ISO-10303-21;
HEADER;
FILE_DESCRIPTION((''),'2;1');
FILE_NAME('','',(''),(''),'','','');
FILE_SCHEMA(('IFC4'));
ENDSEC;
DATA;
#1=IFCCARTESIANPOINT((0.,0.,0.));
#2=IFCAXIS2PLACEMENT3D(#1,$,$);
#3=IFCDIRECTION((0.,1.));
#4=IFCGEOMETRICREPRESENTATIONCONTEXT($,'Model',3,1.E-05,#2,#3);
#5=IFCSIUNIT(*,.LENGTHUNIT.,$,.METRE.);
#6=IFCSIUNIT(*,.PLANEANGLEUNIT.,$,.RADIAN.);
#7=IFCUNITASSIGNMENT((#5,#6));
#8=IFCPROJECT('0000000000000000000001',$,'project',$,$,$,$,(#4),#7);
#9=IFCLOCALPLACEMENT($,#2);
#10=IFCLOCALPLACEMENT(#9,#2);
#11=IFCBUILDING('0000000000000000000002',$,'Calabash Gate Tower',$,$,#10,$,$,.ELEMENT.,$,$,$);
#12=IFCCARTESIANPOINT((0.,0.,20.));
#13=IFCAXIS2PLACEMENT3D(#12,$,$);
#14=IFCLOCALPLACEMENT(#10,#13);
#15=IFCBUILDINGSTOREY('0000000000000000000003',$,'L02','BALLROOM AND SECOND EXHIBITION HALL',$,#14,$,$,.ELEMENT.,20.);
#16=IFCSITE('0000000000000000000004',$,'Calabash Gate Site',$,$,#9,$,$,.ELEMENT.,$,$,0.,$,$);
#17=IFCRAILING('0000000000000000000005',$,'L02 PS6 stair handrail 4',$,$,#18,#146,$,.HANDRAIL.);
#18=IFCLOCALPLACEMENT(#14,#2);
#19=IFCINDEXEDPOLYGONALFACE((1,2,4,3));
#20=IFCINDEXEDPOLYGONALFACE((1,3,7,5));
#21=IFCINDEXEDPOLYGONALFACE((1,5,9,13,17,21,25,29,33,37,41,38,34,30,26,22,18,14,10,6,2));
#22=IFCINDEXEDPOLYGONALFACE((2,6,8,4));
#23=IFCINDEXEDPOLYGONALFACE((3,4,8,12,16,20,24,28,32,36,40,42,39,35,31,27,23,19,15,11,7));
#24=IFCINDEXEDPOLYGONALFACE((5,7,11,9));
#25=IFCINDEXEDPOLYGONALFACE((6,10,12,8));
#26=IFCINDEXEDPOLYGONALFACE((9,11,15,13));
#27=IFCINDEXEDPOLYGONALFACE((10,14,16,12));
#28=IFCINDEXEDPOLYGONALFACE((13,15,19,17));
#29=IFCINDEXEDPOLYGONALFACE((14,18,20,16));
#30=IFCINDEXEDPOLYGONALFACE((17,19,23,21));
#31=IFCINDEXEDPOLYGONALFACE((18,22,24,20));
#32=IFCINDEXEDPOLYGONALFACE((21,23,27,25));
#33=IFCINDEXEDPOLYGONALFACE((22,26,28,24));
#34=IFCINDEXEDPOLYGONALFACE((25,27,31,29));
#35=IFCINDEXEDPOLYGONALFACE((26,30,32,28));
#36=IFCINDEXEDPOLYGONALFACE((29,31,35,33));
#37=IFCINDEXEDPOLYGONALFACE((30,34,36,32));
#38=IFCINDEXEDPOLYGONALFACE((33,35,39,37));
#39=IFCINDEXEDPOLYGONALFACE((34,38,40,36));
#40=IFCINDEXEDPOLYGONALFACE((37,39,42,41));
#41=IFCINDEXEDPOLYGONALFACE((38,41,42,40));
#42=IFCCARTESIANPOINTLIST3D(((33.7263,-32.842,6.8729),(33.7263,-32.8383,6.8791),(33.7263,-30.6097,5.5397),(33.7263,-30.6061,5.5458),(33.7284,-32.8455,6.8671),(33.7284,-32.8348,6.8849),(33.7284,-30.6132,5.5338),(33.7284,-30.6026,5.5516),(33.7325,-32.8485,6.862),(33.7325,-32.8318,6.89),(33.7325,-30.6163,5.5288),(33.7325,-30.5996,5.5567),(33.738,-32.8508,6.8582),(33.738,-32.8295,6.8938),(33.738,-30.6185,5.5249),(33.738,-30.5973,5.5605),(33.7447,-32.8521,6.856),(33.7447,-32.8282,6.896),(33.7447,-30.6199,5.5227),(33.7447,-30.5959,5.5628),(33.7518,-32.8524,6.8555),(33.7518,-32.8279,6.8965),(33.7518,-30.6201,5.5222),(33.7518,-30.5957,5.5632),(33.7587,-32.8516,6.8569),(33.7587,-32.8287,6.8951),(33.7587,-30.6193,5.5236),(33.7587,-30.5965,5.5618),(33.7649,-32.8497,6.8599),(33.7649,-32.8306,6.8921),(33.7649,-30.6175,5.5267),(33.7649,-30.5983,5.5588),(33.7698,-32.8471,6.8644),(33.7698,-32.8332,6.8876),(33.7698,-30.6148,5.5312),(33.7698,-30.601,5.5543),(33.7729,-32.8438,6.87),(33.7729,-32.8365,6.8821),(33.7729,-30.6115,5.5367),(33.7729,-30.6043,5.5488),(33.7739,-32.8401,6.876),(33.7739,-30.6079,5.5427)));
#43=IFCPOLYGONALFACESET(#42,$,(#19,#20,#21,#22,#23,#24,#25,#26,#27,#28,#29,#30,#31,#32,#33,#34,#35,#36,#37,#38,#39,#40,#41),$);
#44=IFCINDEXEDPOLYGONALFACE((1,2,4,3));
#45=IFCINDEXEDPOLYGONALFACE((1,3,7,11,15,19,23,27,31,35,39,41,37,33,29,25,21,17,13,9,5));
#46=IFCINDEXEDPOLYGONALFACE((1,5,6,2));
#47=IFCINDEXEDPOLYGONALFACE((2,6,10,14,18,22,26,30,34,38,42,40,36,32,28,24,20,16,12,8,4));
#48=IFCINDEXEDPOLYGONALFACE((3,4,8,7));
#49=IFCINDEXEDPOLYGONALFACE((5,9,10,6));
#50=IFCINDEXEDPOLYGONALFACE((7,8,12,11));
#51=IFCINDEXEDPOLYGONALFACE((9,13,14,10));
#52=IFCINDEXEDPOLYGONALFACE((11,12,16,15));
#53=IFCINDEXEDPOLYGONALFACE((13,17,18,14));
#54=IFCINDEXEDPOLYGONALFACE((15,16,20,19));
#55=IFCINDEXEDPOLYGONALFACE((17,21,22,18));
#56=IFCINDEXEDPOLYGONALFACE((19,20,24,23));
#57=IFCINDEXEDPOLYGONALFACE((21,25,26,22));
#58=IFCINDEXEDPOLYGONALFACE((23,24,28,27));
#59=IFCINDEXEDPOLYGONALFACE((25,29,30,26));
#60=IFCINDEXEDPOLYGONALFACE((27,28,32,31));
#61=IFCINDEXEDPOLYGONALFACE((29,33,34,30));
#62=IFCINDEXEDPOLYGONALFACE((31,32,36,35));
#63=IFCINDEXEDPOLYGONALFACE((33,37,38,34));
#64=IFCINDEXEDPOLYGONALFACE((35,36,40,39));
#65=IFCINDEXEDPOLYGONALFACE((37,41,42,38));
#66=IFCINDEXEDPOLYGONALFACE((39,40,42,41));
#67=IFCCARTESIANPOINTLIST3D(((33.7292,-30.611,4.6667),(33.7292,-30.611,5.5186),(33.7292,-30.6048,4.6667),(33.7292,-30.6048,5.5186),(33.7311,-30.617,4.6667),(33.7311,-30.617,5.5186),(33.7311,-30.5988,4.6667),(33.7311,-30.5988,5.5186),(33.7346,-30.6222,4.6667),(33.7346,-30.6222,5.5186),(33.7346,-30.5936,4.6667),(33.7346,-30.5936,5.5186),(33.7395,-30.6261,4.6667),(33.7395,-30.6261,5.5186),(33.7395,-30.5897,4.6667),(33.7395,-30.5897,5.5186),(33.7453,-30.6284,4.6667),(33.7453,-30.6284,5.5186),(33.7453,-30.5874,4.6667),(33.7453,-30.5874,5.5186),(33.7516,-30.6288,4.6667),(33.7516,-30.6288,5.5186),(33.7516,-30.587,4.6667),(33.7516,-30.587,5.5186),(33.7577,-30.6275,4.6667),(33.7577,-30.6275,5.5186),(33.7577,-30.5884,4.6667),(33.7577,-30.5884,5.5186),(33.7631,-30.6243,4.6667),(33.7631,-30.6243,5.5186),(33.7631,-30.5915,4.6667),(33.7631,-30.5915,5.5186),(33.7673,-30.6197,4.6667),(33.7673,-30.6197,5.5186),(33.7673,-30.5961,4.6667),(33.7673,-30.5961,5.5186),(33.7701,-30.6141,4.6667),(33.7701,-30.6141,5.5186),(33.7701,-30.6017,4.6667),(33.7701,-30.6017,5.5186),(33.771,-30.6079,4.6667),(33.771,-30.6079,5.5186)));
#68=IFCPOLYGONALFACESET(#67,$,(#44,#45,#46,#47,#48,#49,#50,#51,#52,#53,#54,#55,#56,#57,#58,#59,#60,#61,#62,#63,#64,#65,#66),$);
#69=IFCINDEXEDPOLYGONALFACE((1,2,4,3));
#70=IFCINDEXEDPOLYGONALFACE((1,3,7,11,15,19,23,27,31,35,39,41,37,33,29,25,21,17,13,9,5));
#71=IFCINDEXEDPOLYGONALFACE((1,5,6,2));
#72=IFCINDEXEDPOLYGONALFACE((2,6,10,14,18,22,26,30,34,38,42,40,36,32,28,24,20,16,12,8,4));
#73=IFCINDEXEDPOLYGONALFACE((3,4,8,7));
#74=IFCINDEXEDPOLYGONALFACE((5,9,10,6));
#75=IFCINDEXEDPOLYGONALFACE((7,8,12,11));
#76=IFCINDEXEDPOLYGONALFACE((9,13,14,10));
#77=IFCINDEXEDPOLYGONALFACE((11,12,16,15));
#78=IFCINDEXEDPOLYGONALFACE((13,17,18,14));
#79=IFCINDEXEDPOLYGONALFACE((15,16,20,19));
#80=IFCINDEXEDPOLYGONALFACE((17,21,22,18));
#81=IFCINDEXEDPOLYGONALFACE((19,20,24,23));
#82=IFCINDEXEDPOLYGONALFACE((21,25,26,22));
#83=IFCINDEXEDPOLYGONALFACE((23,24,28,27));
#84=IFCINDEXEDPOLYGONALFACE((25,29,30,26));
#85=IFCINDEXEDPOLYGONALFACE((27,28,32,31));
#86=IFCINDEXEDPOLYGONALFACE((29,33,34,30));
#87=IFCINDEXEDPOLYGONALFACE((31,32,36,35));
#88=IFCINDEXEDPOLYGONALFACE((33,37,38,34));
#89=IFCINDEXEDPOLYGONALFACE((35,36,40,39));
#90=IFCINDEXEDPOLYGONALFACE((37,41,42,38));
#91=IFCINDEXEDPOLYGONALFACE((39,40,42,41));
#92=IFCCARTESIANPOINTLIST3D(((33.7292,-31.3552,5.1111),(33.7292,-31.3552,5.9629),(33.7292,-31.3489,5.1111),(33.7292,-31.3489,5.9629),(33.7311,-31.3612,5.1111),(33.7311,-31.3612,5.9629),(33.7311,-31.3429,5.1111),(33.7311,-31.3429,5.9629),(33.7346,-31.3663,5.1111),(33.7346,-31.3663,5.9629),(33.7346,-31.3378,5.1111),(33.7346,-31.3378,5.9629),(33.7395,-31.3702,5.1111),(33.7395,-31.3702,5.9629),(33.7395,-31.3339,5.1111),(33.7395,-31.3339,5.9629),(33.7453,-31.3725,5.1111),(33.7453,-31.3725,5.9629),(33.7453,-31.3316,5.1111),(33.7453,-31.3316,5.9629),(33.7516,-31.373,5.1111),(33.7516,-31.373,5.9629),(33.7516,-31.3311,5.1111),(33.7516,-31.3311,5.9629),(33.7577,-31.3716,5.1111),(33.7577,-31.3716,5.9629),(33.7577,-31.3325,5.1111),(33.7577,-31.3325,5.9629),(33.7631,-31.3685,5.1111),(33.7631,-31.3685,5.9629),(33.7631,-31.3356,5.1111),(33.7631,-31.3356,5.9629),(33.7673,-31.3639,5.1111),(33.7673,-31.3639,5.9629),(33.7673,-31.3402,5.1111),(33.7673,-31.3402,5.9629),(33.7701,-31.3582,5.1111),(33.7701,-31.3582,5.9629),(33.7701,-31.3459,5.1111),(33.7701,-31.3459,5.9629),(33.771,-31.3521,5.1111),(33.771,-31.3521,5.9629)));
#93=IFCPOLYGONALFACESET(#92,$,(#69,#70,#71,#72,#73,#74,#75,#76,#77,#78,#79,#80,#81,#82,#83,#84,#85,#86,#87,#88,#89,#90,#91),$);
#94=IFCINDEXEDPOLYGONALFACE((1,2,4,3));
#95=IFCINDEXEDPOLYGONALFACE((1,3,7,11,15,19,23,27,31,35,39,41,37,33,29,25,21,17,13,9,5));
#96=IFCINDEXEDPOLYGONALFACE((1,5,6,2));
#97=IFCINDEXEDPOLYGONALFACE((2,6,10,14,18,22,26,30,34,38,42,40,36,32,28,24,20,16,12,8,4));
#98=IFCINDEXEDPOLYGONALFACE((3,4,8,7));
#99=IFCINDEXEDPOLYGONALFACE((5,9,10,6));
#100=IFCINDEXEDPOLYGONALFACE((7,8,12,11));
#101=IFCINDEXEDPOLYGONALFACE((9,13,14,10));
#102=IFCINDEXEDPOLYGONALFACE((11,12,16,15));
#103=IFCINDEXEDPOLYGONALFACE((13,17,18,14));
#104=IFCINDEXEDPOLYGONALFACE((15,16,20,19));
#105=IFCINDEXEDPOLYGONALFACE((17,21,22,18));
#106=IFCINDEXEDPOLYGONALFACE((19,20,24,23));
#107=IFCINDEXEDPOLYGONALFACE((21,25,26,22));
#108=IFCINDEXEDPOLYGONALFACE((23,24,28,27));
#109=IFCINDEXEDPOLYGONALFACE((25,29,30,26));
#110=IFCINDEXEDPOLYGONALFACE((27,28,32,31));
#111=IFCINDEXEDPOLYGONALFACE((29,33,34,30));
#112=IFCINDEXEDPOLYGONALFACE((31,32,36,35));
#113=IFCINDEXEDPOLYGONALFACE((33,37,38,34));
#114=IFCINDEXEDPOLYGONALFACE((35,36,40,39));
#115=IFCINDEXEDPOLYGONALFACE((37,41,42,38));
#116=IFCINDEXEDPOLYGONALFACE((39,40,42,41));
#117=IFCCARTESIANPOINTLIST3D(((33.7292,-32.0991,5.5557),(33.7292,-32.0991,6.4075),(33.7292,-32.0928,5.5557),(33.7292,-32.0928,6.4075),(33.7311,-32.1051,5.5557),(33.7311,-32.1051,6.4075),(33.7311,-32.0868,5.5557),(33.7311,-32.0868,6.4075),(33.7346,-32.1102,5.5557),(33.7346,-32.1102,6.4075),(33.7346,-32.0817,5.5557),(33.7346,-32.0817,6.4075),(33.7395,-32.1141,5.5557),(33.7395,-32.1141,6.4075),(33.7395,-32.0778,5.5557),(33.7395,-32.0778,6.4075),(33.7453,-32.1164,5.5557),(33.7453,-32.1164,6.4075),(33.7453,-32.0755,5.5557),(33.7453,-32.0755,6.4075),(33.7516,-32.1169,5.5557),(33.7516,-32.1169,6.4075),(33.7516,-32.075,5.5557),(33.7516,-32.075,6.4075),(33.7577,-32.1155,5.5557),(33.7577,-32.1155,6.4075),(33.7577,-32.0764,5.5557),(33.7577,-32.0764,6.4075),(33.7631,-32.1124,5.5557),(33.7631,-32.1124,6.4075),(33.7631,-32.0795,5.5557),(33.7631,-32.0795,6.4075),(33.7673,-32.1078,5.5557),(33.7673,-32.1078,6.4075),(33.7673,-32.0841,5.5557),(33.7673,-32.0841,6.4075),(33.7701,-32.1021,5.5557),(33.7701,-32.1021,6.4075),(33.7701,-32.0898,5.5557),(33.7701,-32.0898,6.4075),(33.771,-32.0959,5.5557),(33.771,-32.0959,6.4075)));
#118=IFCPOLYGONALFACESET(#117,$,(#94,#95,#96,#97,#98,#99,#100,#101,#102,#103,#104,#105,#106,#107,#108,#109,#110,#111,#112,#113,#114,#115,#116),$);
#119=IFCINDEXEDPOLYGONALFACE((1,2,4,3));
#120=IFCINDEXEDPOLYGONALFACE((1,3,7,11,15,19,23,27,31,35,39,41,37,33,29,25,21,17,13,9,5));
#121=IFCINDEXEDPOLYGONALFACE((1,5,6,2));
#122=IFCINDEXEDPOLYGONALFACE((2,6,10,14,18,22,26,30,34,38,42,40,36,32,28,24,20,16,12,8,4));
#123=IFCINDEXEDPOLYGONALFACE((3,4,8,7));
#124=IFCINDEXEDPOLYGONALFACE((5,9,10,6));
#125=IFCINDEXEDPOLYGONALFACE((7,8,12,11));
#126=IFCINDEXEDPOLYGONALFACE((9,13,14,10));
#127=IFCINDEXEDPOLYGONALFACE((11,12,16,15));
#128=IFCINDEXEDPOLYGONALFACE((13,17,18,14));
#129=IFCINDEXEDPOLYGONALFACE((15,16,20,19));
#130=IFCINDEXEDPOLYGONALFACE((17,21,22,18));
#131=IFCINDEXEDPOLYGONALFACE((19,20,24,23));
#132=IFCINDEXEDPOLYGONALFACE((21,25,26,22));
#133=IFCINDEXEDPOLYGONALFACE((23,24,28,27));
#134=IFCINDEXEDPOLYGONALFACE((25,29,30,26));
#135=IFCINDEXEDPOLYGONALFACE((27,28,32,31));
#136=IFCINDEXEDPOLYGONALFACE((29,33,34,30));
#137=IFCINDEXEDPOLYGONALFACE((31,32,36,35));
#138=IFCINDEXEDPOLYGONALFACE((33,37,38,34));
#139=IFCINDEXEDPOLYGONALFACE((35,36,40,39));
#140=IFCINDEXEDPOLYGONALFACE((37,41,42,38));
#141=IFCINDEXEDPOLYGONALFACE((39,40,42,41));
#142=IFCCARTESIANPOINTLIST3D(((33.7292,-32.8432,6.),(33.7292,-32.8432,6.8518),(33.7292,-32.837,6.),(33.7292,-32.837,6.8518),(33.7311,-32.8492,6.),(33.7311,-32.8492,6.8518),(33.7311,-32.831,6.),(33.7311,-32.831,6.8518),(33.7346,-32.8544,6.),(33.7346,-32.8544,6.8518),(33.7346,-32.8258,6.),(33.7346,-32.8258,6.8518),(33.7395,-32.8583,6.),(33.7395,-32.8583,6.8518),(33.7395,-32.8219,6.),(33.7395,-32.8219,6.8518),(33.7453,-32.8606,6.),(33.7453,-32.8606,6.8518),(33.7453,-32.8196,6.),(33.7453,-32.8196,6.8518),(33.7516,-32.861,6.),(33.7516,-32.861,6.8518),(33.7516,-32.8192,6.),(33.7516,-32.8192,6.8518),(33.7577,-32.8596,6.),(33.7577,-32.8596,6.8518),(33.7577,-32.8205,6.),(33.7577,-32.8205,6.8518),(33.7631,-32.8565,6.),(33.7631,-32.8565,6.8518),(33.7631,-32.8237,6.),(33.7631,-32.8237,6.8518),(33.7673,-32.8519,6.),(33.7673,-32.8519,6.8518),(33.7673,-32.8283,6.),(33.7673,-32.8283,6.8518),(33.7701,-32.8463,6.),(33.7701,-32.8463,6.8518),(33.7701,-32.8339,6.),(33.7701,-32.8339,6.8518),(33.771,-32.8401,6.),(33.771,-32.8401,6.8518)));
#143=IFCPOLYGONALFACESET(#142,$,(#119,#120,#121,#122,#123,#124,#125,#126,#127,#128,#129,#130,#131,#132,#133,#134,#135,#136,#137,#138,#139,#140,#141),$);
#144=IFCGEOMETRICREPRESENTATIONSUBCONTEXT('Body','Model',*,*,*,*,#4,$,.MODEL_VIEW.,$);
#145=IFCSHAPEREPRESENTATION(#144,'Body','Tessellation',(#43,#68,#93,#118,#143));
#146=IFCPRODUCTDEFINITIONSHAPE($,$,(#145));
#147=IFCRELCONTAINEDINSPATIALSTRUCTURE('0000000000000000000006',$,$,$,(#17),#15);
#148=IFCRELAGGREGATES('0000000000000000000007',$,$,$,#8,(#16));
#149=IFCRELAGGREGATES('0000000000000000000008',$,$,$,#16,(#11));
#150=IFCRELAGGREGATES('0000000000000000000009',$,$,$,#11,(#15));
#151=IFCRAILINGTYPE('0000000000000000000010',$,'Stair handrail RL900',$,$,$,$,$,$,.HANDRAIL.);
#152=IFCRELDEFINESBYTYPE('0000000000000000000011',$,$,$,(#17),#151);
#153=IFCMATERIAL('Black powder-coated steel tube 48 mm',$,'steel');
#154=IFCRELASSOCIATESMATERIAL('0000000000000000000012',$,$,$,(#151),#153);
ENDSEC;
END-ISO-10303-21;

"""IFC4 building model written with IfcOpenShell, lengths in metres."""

from ifc_helpers import new_model, si_unit, direction, frame, origin, origin_2d, place, context, subcontext, project, spatial, circle, extrude, material, type_object, element, save


model = new_model("IFC4")

# Units and contexts
model_context = context("Model", 3, precision=1e-05, world=origin(), true_north=direction((0.0, 1.0)))
body_context = subcontext(model_context, "Body", "Model", "MODEL_VIEW")
ifc_project = project(units=[si_unit("LENGTHUNIT", "METRE"), si_unit("PLANEANGLEUNIT", "RADIAN")], contexts=[model_context])

# Site, building, storey
site_placement = place(None, origin())
site = spatial("IfcSite", under=ifc_project, at=site_placement, Name="Calabash Gate Site", CompositionType="ELEMENT", RefElevation=0.0)
building_placement = place(site_placement, origin())
building = spatial("IfcBuilding", under=site, at=building_placement, Name="Calabash Gate Tower", CompositionType="ELEMENT")
storey_placement = place(building_placement, frame((0.0, 0.0, 20.0)))
storey = spatial("IfcBuildingStorey", under=building, at=storey_placement, Name="L02", Description="BALLROOM AND SECOND EXHIBITION HALL", CompositionType="ELEMENT", Elevation=20.0)

# Railing
ifc_material_1 = material(Name="Black powder-coated steel tube 48 mm", Category="steel")
railing_type_1 = type_object("IfcRailingType", Name="Stair handrail RL900", PredefinedType="HANDRAIL", material=ifc_material_1)
for number, where, name in (
    (1, (33.75, -30.6079, 4.6667), "L02 PS6 stair handrail 4"),
):
    element("IfcRailing", number, at=place(storey_placement, frame(where)), inside=storey, type_object=railing_type_1, Name=name, PredefinedType="HANDRAIL", context=body_context, shape_type="SweptSolid", body=[
        extrude(circle(Radius=0.0239, at=origin_2d()), frame((0.0, 0.0, 0.876), z_axis=(0.0, -0.858519, 0.512782), x_axis=(1.0, 0.0, 0.0)), (0.0, 0.0, 1.0), 2.6001),
        extrude(circle(Radius=0.021, at=origin_2d()), origin(), (0.0, 0.0, 1.0), 0.8518),
        extrude(circle(Radius=0.021, at=origin_2d()), frame((0.0, -0.7441, 0.4443)), (0.0, 0.0, 1.0), 0.8518),
        extrude(circle(Radius=0.021, at=origin_2d()), frame((0.0, -1.488, 0.8889)), (0.0, 0.0, 1.0), 0.8518),
        extrude(circle(Radius=0.021, at=origin_2d()), frame((0.0, -2.2322, 1.3333)), (0.0, 0.0, 1.0), 0.8518),
    ])

save(model, "model.ifc")
